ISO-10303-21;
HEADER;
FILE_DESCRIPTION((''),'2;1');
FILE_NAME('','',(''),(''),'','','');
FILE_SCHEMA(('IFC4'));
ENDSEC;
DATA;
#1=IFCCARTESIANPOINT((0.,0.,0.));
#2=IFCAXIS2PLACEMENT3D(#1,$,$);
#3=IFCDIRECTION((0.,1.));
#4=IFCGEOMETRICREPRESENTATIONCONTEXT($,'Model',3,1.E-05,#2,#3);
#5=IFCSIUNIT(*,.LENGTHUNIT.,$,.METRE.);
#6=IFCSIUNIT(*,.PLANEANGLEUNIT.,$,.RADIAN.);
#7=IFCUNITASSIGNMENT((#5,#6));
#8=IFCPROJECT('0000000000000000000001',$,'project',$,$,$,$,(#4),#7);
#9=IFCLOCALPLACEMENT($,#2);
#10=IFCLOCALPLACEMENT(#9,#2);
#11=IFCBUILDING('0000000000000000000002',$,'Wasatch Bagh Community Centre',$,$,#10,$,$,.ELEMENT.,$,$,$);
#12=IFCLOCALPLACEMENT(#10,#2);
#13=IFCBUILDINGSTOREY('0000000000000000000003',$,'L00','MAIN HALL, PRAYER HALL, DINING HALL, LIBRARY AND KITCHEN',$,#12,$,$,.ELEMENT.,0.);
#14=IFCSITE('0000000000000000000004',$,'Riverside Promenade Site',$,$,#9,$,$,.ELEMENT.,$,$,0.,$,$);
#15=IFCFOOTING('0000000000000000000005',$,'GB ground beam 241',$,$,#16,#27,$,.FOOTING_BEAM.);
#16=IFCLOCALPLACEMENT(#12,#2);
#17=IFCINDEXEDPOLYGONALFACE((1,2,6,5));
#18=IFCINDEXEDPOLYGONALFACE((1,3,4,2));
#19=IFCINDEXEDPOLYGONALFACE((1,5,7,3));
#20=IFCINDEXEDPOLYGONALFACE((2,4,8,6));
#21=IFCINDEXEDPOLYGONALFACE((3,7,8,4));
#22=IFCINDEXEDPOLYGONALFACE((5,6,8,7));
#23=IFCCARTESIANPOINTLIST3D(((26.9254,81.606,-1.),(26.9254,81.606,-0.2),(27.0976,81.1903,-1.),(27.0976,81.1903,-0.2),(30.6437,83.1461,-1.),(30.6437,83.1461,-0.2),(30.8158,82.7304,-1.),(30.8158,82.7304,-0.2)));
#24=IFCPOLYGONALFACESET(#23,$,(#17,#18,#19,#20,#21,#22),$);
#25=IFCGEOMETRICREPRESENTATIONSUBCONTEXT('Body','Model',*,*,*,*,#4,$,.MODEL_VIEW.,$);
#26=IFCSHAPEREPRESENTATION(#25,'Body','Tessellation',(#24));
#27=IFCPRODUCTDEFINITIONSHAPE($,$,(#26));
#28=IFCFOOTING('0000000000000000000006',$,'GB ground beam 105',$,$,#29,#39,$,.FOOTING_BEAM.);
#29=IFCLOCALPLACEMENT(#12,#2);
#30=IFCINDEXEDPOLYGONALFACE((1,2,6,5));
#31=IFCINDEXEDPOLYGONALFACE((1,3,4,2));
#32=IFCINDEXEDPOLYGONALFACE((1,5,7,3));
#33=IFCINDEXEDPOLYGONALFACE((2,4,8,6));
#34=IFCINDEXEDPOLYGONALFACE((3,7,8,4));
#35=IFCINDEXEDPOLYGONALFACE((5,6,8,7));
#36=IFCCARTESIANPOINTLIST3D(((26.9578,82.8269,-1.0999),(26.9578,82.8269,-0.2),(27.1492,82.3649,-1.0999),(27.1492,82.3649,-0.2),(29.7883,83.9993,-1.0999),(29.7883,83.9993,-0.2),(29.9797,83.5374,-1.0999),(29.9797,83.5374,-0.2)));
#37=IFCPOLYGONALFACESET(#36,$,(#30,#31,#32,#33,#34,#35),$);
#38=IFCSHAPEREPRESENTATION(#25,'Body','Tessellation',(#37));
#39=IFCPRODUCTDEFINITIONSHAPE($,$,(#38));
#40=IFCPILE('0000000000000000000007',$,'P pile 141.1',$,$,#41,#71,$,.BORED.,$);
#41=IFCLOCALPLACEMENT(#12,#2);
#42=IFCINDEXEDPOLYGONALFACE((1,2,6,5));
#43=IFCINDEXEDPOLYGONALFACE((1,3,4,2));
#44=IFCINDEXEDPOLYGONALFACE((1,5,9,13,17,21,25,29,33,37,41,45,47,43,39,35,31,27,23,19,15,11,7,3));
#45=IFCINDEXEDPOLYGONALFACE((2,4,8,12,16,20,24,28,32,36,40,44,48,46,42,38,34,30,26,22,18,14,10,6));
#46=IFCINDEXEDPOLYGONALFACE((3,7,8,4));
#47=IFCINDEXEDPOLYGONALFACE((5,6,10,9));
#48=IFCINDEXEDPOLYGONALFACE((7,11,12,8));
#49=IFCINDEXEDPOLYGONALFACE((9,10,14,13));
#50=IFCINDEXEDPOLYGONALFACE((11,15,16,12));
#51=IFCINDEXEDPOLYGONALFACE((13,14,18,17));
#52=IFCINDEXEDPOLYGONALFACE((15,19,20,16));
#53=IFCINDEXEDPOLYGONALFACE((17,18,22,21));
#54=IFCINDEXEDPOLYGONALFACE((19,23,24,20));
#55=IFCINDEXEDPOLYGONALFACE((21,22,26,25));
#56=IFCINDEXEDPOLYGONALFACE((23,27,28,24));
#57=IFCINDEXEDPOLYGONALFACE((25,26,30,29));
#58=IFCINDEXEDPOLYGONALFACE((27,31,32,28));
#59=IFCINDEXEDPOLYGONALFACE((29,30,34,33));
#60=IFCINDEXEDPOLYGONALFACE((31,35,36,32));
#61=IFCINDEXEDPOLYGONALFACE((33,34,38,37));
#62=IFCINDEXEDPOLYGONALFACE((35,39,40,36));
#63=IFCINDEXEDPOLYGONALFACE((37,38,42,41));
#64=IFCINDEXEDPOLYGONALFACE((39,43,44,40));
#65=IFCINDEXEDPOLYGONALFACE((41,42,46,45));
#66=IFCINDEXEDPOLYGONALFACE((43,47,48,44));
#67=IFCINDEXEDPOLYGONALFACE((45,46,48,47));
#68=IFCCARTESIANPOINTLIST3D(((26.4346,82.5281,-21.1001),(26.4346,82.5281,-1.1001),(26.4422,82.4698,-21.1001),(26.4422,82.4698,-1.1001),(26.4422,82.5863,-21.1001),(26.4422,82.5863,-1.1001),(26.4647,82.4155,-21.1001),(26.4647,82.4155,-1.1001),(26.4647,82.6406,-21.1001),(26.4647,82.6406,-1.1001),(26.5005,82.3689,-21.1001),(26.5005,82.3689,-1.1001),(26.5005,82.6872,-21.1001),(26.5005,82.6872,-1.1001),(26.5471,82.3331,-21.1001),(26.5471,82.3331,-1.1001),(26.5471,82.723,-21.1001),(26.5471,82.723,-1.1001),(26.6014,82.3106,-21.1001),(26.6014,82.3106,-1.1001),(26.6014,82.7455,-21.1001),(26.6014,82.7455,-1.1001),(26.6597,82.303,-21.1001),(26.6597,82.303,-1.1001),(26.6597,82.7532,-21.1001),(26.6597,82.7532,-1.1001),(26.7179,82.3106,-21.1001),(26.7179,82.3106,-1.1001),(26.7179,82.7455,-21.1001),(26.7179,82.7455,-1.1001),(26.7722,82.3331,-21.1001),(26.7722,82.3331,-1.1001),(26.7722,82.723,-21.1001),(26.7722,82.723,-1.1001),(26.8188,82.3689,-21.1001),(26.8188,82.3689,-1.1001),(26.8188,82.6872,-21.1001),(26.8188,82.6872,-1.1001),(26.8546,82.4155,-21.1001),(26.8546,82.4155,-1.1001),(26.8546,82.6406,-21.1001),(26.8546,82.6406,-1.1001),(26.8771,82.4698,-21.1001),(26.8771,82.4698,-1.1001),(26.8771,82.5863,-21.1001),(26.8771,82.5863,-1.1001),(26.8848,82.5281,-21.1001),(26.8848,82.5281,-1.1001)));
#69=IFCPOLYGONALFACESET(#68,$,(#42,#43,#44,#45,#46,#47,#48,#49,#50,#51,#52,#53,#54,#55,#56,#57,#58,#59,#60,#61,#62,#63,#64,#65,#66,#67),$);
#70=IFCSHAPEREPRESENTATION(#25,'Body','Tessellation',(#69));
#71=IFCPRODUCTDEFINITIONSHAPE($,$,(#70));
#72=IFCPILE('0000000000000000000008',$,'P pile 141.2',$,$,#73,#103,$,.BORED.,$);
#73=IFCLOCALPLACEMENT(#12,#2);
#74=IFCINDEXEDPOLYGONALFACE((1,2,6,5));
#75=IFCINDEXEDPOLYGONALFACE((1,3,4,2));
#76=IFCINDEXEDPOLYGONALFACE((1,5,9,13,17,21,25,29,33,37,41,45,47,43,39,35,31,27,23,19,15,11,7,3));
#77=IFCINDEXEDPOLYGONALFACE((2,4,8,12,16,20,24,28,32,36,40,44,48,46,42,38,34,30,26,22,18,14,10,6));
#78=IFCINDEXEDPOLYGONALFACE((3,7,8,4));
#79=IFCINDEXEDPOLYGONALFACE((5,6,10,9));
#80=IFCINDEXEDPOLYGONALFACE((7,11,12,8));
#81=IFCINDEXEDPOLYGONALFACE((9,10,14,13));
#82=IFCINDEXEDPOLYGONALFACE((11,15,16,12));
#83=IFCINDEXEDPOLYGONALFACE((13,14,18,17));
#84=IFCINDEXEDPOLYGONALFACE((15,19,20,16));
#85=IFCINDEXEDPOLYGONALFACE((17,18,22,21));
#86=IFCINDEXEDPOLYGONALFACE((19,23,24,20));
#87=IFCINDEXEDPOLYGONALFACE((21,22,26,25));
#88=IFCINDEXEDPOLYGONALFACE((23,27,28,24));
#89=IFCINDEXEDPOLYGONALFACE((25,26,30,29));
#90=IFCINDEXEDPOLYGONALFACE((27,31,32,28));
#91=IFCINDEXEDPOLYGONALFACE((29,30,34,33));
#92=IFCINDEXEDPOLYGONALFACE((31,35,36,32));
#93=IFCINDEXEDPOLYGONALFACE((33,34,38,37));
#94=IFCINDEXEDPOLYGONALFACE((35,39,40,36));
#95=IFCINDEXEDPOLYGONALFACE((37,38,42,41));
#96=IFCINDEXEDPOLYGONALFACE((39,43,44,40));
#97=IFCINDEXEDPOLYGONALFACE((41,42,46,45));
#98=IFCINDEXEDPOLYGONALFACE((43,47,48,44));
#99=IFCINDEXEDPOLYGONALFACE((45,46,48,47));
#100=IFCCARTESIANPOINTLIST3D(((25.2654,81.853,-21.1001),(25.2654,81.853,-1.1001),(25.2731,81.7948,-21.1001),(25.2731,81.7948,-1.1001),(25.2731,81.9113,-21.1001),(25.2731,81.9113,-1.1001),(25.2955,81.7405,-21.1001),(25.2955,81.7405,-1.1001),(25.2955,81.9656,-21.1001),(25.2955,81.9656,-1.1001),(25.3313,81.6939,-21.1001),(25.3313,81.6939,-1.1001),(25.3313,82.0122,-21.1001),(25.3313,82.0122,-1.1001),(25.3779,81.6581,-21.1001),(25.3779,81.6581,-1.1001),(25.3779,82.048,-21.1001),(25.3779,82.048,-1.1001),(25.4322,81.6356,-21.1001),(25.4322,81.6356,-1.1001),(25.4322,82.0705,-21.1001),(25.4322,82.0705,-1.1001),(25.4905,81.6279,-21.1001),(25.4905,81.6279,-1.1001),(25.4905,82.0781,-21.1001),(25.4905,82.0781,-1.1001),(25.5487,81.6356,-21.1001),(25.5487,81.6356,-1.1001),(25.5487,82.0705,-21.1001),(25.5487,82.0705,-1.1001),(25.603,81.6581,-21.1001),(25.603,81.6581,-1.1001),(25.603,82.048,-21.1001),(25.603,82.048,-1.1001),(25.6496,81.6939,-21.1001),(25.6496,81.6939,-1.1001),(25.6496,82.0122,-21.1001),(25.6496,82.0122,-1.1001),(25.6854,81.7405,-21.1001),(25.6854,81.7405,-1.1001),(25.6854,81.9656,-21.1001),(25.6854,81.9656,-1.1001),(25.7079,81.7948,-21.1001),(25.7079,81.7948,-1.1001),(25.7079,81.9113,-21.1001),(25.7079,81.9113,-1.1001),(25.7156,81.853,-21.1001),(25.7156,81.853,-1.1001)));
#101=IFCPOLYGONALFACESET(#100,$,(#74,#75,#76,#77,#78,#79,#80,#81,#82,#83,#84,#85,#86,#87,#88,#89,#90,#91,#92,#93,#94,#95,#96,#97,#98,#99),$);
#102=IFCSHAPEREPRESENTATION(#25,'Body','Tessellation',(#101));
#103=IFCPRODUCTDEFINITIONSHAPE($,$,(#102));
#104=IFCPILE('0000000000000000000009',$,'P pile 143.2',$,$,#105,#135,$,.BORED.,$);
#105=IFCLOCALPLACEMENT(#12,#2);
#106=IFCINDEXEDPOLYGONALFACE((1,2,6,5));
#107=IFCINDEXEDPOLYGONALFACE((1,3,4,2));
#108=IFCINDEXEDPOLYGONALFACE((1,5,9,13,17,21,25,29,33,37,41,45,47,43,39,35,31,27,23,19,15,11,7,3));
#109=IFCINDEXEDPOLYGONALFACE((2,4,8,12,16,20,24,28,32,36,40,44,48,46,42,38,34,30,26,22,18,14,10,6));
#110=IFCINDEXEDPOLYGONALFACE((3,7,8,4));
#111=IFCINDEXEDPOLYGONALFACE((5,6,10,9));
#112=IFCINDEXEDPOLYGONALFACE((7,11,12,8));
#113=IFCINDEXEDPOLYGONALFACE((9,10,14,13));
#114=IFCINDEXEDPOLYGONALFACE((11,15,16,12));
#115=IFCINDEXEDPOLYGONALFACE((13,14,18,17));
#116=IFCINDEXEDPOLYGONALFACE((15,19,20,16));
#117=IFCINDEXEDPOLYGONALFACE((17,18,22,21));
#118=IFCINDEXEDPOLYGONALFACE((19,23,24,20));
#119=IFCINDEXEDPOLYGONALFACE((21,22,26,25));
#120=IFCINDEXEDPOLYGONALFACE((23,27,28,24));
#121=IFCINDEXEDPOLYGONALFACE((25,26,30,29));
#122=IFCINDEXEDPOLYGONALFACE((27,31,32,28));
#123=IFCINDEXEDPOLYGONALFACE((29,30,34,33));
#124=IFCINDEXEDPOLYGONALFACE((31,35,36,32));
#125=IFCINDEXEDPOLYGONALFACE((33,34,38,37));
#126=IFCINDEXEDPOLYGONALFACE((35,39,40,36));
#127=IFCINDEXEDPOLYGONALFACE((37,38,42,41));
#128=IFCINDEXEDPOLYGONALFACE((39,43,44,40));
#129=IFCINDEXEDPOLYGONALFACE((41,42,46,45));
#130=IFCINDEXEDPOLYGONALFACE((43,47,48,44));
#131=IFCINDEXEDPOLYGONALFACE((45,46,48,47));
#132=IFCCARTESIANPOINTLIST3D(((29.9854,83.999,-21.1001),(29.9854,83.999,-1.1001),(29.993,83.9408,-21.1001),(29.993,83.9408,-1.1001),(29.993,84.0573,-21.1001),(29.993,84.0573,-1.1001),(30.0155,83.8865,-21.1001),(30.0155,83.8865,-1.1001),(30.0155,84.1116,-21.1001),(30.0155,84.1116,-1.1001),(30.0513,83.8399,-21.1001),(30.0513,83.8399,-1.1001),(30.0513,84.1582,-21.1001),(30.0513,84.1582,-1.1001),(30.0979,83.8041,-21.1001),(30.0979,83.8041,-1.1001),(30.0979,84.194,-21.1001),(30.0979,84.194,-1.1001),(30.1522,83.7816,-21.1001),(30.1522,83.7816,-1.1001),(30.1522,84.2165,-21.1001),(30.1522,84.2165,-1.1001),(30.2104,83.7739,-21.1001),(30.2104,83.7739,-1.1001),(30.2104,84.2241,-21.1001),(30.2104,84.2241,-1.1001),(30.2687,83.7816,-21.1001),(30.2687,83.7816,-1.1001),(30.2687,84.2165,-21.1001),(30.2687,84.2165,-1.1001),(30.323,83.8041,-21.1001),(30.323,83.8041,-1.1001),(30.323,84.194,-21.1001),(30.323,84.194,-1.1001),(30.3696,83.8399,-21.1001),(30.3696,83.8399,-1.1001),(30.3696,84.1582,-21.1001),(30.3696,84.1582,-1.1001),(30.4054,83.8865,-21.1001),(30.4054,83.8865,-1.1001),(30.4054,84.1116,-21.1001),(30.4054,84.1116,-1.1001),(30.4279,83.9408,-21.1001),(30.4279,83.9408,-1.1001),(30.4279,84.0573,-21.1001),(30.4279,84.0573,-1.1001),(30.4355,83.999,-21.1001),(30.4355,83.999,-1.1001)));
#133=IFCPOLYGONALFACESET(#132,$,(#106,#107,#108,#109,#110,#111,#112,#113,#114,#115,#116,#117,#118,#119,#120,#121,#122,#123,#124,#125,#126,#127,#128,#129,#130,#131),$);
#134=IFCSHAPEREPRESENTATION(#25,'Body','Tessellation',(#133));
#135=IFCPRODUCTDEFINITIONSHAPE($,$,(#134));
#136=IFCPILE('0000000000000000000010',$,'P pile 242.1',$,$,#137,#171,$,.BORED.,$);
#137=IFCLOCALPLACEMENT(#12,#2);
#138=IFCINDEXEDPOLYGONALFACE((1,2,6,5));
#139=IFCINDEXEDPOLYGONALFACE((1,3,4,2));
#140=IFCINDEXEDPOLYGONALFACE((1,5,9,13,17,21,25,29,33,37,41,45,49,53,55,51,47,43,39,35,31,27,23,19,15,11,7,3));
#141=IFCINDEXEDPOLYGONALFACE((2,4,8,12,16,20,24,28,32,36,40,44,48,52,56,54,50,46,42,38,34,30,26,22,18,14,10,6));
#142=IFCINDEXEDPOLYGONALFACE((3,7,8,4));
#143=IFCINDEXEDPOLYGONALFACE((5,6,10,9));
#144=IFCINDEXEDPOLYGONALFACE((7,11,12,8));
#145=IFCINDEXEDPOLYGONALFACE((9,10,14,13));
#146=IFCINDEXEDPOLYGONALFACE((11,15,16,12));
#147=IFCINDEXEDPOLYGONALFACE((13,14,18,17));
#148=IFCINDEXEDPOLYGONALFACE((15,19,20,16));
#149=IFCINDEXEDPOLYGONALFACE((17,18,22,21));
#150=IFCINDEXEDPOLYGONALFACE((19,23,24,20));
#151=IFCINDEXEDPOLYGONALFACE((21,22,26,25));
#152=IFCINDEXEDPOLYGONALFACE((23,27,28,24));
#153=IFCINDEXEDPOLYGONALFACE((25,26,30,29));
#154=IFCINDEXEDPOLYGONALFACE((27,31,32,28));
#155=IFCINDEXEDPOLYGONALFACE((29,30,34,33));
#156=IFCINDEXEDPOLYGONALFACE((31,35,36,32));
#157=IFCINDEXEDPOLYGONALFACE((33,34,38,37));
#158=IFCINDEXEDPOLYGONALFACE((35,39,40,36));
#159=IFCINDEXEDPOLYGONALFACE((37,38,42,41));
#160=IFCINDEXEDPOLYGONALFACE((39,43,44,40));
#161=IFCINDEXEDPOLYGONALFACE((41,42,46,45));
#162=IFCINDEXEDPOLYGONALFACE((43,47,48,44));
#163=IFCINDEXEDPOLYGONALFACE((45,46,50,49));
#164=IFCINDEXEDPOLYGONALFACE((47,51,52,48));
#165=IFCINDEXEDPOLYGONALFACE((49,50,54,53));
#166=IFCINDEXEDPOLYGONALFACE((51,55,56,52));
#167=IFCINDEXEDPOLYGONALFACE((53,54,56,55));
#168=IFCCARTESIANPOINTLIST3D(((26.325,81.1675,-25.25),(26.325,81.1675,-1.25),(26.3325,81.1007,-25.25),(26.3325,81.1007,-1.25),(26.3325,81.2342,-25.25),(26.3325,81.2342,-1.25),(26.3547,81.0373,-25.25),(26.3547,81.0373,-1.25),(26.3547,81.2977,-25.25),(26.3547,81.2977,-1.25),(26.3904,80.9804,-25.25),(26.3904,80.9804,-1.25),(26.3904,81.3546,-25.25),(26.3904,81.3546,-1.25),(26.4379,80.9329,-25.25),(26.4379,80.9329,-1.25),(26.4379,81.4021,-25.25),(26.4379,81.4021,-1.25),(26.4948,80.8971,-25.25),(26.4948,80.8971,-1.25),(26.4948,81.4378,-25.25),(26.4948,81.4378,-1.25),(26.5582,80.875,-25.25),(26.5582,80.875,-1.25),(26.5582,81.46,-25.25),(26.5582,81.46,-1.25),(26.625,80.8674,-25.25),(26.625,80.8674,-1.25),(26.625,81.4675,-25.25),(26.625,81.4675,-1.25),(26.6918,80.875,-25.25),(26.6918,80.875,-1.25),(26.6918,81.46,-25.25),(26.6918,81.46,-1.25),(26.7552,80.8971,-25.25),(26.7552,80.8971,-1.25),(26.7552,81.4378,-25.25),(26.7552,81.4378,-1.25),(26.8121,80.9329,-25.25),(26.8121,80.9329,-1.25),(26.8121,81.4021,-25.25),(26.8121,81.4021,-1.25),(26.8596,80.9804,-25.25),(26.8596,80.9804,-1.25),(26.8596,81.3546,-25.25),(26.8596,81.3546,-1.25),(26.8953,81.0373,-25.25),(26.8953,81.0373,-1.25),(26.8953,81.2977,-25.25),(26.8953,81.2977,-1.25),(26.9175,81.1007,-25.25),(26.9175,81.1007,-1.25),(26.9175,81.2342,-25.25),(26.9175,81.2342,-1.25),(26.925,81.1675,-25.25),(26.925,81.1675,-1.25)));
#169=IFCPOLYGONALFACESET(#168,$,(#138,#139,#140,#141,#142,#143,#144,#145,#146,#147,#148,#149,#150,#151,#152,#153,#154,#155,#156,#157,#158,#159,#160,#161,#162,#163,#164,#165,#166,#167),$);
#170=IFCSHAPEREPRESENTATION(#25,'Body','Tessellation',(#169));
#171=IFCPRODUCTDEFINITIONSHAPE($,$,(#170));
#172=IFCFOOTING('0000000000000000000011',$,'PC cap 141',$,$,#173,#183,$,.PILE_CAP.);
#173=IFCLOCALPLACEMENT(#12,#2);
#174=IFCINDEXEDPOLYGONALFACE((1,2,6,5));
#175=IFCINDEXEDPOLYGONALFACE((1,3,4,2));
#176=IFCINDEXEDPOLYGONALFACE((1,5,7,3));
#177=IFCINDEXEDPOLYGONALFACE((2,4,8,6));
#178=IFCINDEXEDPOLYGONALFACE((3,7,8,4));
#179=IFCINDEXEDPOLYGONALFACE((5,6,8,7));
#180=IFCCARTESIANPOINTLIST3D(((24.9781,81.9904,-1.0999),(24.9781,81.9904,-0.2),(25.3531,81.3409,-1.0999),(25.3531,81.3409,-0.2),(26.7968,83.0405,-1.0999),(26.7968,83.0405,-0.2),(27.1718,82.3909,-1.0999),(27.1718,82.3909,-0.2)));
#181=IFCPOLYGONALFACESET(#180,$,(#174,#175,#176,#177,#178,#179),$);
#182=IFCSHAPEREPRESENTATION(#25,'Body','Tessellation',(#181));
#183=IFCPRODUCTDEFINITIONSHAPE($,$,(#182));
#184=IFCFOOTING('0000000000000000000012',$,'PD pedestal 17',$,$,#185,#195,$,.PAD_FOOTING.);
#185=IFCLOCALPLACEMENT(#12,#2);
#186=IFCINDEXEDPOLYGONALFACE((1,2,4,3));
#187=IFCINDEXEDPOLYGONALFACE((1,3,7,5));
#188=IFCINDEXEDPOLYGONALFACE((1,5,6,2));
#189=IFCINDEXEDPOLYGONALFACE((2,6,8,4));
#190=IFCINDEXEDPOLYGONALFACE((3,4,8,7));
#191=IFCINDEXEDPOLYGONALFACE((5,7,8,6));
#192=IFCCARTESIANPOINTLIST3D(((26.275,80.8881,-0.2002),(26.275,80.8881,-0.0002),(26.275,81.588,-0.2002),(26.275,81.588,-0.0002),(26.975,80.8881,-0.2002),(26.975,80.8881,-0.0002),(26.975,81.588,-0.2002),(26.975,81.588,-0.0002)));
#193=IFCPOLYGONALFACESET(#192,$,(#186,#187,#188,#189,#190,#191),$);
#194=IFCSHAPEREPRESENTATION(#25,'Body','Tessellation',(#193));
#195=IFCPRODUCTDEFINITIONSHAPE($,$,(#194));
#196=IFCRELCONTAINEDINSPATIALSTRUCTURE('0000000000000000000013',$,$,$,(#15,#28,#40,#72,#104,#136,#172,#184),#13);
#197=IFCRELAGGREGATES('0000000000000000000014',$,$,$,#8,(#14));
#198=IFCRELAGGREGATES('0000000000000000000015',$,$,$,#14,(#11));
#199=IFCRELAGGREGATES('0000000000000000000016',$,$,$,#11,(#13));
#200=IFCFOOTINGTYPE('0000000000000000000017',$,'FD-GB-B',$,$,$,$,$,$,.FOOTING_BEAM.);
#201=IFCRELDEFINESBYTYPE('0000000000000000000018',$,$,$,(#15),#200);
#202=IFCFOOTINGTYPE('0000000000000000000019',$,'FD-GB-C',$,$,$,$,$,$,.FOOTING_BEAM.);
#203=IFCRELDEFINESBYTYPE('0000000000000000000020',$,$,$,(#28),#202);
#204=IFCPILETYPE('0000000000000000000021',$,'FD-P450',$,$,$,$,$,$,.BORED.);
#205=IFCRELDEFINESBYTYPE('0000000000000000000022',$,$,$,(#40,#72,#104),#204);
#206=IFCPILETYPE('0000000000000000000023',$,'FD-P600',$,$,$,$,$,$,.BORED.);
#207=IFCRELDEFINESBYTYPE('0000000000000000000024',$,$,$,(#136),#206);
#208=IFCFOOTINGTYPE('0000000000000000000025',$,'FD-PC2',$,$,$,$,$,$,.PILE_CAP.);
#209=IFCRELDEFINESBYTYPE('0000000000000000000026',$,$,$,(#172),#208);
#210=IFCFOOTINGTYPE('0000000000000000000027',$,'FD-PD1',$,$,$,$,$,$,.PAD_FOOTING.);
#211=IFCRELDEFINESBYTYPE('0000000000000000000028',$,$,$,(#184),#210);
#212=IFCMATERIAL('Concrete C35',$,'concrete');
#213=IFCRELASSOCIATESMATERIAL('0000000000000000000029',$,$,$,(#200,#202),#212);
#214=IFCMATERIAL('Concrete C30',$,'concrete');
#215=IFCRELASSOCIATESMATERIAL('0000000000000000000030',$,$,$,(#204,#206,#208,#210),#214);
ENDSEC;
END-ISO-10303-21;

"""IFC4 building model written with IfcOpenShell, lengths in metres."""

from ifc_helpers import new_model, si_unit, direction, frame, origin, origin_2d, place, context, subcontext, project, spatial, rectangle, circle, extrude, material, material_profile, profile_set, type_object, element, save


model = new_model("IFC4")

# Units and contexts
model_context = context("Model", 3, precision=1e-05, world=origin(), true_north=direction((0.0, 1.0)))
body_context = subcontext(model_context, "Body", "Model", "MODEL_VIEW")
ifc_project = project(units=[si_unit("LENGTHUNIT", "METRE"), si_unit("PLANEANGLEUNIT", "RADIAN")], contexts=[model_context])

# Site, building, storey
site_placement = place(None, origin())
site = spatial("IfcSite", under=ifc_project, at=site_placement, Name="Riverside Promenade Site", CompositionType="ELEMENT", RefElevation=0.0)
building_placement = place(site_placement, origin())
building = spatial("IfcBuilding", under=site, at=building_placement, Name="Wasatch Bagh Community Centre", CompositionType="ELEMENT")
storey_placement = place(building_placement, origin())
storey = spatial("IfcBuildingStorey", under=building, at=storey_placement, Name="L00", Description="MAIN HALL, PRAYER HALL, DINING HALL, LIBRARY AND KITCHEN", CompositionType="ELEMENT", Elevation=0.0)

# Footings
ifc_material_1 = material(Name="Concrete C35", Category="concrete")
footing_type_1 = type_object("IfcFootingType", Name="FD-GB-B", PredefinedType="FOOTING_BEAM", material=ifc_material_1)
footing_1_placement = place(storey_placement, frame((28.8706, 82.1682, -1.0), z_axis=(0.0, 0.0, 1.0), x_axis=(-0.92388, -0.382683, 0.0)))
element("IfcFooting", 1, at=footing_1_placement, inside=storey, type_object=footing_type_1, Name="GB ground beam 241", PredefinedType="FOOTING_BEAM", context=body_context, shape_type="SweptSolid", body=[
    extrude(rectangle(XDim=4.0247, YDim=0.45, at=origin_2d()), origin(), (0.0, 0.0, 1.0), 0.8),
])
footing_type_2 = type_object("IfcFootingType", Name="FD-GB-C", PredefinedType="FOOTING_BEAM", material=ifc_material_1)
footing_2_placement = place(storey_placement, frame((28.4688, 83.1821, -1.0999), z_axis=(0.0, 0.0, 1.0), x_axis=(-0.92388, -0.382683, 0.0)))
element("IfcFooting", 2, at=footing_2_placement, inside=storey, type_object=footing_type_2, Name="GB ground beam 105", PredefinedType="FOOTING_BEAM", context=body_context, shape_type="SweptSolid", body=[
    extrude(rectangle(XDim=3.0637, YDim=0.5, at=origin_2d()), origin(), (0.0, 0.0, 1.0), 0.8999),
])

# Piles
ifc_material_2 = material(Name="Concrete C30", Category="concrete")
ifc_material_profile_1 = material_profile(ifc_material_2, circle(Radius=0.2251, at=origin_2d()), Name="RC D450")
ifc_profile_set_1 = profile_set([ifc_material_profile_1], Name="Concrete C30")
pile_type_1 = type_object("IfcPileType", Name="FD-P450", PredefinedType="BORED", material=ifc_profile_set_1)
for number, where, z_axis, x_axis, name in (
    (3, (26.6597, 82.5281, -1.1001), (0.0, 0.0, -1.0), (1.0, 0.0, 0.0), "P pile 141.1"),
    (4, (25.4905, 81.853, -1.1001), (0.0, 0.0, -1.0), (1.0, 0.0, 0.0), "P pile 141.2"),
    (5, (30.2104, 83.999, -1.1001), (0.0, 0.0, -1.0), (1.0, 0.0, 0.0), "P pile 143.2"),
):
    element("IfcPile", number, at=place(storey_placement, frame(where, z_axis=z_axis, x_axis=x_axis)), inside=storey, type_object=pile_type_1, Name=name, PredefinedType="BORED", context=body_context, shape_type="SweptSolid", body=[
        extrude(circle(Radius=0.2251, at=origin_2d()), origin(), (0.0, 0.0, 1.0), 20.0),
    ])
ifc_material_profile_2 = material_profile(ifc_material_2, circle(Radius=0.3, at=origin_2d()), Name="RC D600")
ifc_profile_set_2 = profile_set([ifc_material_profile_2], Name="Concrete C30")
pile_type_2 = type_object("IfcPileType", Name="FD-P600", PredefinedType="BORED", material=ifc_profile_set_2)
pile_placement = place(storey_placement, frame((26.625, 81.1675, -1.25), z_axis=(0.0, 0.0, -1.0), x_axis=(1.0, 0.0, 0.0)))
element("IfcPile", 6, at=pile_placement, inside=storey, type_object=pile_type_2, Name="P pile 242.1", PredefinedType="BORED", context=body_context, shape_type="SweptSolid", body=[
    extrude(circle(Radius=0.3, at=origin_2d()), origin(), (0.0, 0.0, 1.0), 24.0),
])

# Footings
footing_type_3 = type_object("IfcFootingType", Name="FD-PC2", PredefinedType="PILE_CAP", material=ifc_material_2)
footing_3_placement = place(storey_placement, frame((26.075, 82.1907, -1.0999), z_axis=(0.0, 0.0, 1.0), x_axis=(-0.866025, -0.5, 0.0)))
element("IfcFooting", 7, at=footing_3_placement, inside=storey, type_object=footing_type_3, Name="PC cap 141", PredefinedType="PILE_CAP", context=body_context, shape_type="SweptSolid", body=[
    extrude(rectangle(XDim=2.1001, YDim=0.75, at=origin_2d()), origin(), (0.0, 0.0, 1.0), 0.8999),
])
footing_type_4 = type_object("IfcFootingType", Name="FD-PD1", PredefinedType="PAD_FOOTING", material=ifc_material_2)
footing_4_placement = place(storey_placement, frame((26.625, 81.238, -0.2002), z_axis=(0.0, 0.0, 1.0), x_axis=(1.0, 0.0, 0.0)))
element("IfcFooting", 8, at=footing_4_placement, inside=storey, type_object=footing_type_4, Name="PD pedestal 17", PredefinedType="PAD_FOOTING", context=body_context, shape_type="SweptSolid", body=[
    extrude(rectangle(XDim=0.7, YDim=0.7, at=origin_2d()), origin(), (0.0, 0.0, 1.0), 0.2),
])

save(model, "model.ifc")
